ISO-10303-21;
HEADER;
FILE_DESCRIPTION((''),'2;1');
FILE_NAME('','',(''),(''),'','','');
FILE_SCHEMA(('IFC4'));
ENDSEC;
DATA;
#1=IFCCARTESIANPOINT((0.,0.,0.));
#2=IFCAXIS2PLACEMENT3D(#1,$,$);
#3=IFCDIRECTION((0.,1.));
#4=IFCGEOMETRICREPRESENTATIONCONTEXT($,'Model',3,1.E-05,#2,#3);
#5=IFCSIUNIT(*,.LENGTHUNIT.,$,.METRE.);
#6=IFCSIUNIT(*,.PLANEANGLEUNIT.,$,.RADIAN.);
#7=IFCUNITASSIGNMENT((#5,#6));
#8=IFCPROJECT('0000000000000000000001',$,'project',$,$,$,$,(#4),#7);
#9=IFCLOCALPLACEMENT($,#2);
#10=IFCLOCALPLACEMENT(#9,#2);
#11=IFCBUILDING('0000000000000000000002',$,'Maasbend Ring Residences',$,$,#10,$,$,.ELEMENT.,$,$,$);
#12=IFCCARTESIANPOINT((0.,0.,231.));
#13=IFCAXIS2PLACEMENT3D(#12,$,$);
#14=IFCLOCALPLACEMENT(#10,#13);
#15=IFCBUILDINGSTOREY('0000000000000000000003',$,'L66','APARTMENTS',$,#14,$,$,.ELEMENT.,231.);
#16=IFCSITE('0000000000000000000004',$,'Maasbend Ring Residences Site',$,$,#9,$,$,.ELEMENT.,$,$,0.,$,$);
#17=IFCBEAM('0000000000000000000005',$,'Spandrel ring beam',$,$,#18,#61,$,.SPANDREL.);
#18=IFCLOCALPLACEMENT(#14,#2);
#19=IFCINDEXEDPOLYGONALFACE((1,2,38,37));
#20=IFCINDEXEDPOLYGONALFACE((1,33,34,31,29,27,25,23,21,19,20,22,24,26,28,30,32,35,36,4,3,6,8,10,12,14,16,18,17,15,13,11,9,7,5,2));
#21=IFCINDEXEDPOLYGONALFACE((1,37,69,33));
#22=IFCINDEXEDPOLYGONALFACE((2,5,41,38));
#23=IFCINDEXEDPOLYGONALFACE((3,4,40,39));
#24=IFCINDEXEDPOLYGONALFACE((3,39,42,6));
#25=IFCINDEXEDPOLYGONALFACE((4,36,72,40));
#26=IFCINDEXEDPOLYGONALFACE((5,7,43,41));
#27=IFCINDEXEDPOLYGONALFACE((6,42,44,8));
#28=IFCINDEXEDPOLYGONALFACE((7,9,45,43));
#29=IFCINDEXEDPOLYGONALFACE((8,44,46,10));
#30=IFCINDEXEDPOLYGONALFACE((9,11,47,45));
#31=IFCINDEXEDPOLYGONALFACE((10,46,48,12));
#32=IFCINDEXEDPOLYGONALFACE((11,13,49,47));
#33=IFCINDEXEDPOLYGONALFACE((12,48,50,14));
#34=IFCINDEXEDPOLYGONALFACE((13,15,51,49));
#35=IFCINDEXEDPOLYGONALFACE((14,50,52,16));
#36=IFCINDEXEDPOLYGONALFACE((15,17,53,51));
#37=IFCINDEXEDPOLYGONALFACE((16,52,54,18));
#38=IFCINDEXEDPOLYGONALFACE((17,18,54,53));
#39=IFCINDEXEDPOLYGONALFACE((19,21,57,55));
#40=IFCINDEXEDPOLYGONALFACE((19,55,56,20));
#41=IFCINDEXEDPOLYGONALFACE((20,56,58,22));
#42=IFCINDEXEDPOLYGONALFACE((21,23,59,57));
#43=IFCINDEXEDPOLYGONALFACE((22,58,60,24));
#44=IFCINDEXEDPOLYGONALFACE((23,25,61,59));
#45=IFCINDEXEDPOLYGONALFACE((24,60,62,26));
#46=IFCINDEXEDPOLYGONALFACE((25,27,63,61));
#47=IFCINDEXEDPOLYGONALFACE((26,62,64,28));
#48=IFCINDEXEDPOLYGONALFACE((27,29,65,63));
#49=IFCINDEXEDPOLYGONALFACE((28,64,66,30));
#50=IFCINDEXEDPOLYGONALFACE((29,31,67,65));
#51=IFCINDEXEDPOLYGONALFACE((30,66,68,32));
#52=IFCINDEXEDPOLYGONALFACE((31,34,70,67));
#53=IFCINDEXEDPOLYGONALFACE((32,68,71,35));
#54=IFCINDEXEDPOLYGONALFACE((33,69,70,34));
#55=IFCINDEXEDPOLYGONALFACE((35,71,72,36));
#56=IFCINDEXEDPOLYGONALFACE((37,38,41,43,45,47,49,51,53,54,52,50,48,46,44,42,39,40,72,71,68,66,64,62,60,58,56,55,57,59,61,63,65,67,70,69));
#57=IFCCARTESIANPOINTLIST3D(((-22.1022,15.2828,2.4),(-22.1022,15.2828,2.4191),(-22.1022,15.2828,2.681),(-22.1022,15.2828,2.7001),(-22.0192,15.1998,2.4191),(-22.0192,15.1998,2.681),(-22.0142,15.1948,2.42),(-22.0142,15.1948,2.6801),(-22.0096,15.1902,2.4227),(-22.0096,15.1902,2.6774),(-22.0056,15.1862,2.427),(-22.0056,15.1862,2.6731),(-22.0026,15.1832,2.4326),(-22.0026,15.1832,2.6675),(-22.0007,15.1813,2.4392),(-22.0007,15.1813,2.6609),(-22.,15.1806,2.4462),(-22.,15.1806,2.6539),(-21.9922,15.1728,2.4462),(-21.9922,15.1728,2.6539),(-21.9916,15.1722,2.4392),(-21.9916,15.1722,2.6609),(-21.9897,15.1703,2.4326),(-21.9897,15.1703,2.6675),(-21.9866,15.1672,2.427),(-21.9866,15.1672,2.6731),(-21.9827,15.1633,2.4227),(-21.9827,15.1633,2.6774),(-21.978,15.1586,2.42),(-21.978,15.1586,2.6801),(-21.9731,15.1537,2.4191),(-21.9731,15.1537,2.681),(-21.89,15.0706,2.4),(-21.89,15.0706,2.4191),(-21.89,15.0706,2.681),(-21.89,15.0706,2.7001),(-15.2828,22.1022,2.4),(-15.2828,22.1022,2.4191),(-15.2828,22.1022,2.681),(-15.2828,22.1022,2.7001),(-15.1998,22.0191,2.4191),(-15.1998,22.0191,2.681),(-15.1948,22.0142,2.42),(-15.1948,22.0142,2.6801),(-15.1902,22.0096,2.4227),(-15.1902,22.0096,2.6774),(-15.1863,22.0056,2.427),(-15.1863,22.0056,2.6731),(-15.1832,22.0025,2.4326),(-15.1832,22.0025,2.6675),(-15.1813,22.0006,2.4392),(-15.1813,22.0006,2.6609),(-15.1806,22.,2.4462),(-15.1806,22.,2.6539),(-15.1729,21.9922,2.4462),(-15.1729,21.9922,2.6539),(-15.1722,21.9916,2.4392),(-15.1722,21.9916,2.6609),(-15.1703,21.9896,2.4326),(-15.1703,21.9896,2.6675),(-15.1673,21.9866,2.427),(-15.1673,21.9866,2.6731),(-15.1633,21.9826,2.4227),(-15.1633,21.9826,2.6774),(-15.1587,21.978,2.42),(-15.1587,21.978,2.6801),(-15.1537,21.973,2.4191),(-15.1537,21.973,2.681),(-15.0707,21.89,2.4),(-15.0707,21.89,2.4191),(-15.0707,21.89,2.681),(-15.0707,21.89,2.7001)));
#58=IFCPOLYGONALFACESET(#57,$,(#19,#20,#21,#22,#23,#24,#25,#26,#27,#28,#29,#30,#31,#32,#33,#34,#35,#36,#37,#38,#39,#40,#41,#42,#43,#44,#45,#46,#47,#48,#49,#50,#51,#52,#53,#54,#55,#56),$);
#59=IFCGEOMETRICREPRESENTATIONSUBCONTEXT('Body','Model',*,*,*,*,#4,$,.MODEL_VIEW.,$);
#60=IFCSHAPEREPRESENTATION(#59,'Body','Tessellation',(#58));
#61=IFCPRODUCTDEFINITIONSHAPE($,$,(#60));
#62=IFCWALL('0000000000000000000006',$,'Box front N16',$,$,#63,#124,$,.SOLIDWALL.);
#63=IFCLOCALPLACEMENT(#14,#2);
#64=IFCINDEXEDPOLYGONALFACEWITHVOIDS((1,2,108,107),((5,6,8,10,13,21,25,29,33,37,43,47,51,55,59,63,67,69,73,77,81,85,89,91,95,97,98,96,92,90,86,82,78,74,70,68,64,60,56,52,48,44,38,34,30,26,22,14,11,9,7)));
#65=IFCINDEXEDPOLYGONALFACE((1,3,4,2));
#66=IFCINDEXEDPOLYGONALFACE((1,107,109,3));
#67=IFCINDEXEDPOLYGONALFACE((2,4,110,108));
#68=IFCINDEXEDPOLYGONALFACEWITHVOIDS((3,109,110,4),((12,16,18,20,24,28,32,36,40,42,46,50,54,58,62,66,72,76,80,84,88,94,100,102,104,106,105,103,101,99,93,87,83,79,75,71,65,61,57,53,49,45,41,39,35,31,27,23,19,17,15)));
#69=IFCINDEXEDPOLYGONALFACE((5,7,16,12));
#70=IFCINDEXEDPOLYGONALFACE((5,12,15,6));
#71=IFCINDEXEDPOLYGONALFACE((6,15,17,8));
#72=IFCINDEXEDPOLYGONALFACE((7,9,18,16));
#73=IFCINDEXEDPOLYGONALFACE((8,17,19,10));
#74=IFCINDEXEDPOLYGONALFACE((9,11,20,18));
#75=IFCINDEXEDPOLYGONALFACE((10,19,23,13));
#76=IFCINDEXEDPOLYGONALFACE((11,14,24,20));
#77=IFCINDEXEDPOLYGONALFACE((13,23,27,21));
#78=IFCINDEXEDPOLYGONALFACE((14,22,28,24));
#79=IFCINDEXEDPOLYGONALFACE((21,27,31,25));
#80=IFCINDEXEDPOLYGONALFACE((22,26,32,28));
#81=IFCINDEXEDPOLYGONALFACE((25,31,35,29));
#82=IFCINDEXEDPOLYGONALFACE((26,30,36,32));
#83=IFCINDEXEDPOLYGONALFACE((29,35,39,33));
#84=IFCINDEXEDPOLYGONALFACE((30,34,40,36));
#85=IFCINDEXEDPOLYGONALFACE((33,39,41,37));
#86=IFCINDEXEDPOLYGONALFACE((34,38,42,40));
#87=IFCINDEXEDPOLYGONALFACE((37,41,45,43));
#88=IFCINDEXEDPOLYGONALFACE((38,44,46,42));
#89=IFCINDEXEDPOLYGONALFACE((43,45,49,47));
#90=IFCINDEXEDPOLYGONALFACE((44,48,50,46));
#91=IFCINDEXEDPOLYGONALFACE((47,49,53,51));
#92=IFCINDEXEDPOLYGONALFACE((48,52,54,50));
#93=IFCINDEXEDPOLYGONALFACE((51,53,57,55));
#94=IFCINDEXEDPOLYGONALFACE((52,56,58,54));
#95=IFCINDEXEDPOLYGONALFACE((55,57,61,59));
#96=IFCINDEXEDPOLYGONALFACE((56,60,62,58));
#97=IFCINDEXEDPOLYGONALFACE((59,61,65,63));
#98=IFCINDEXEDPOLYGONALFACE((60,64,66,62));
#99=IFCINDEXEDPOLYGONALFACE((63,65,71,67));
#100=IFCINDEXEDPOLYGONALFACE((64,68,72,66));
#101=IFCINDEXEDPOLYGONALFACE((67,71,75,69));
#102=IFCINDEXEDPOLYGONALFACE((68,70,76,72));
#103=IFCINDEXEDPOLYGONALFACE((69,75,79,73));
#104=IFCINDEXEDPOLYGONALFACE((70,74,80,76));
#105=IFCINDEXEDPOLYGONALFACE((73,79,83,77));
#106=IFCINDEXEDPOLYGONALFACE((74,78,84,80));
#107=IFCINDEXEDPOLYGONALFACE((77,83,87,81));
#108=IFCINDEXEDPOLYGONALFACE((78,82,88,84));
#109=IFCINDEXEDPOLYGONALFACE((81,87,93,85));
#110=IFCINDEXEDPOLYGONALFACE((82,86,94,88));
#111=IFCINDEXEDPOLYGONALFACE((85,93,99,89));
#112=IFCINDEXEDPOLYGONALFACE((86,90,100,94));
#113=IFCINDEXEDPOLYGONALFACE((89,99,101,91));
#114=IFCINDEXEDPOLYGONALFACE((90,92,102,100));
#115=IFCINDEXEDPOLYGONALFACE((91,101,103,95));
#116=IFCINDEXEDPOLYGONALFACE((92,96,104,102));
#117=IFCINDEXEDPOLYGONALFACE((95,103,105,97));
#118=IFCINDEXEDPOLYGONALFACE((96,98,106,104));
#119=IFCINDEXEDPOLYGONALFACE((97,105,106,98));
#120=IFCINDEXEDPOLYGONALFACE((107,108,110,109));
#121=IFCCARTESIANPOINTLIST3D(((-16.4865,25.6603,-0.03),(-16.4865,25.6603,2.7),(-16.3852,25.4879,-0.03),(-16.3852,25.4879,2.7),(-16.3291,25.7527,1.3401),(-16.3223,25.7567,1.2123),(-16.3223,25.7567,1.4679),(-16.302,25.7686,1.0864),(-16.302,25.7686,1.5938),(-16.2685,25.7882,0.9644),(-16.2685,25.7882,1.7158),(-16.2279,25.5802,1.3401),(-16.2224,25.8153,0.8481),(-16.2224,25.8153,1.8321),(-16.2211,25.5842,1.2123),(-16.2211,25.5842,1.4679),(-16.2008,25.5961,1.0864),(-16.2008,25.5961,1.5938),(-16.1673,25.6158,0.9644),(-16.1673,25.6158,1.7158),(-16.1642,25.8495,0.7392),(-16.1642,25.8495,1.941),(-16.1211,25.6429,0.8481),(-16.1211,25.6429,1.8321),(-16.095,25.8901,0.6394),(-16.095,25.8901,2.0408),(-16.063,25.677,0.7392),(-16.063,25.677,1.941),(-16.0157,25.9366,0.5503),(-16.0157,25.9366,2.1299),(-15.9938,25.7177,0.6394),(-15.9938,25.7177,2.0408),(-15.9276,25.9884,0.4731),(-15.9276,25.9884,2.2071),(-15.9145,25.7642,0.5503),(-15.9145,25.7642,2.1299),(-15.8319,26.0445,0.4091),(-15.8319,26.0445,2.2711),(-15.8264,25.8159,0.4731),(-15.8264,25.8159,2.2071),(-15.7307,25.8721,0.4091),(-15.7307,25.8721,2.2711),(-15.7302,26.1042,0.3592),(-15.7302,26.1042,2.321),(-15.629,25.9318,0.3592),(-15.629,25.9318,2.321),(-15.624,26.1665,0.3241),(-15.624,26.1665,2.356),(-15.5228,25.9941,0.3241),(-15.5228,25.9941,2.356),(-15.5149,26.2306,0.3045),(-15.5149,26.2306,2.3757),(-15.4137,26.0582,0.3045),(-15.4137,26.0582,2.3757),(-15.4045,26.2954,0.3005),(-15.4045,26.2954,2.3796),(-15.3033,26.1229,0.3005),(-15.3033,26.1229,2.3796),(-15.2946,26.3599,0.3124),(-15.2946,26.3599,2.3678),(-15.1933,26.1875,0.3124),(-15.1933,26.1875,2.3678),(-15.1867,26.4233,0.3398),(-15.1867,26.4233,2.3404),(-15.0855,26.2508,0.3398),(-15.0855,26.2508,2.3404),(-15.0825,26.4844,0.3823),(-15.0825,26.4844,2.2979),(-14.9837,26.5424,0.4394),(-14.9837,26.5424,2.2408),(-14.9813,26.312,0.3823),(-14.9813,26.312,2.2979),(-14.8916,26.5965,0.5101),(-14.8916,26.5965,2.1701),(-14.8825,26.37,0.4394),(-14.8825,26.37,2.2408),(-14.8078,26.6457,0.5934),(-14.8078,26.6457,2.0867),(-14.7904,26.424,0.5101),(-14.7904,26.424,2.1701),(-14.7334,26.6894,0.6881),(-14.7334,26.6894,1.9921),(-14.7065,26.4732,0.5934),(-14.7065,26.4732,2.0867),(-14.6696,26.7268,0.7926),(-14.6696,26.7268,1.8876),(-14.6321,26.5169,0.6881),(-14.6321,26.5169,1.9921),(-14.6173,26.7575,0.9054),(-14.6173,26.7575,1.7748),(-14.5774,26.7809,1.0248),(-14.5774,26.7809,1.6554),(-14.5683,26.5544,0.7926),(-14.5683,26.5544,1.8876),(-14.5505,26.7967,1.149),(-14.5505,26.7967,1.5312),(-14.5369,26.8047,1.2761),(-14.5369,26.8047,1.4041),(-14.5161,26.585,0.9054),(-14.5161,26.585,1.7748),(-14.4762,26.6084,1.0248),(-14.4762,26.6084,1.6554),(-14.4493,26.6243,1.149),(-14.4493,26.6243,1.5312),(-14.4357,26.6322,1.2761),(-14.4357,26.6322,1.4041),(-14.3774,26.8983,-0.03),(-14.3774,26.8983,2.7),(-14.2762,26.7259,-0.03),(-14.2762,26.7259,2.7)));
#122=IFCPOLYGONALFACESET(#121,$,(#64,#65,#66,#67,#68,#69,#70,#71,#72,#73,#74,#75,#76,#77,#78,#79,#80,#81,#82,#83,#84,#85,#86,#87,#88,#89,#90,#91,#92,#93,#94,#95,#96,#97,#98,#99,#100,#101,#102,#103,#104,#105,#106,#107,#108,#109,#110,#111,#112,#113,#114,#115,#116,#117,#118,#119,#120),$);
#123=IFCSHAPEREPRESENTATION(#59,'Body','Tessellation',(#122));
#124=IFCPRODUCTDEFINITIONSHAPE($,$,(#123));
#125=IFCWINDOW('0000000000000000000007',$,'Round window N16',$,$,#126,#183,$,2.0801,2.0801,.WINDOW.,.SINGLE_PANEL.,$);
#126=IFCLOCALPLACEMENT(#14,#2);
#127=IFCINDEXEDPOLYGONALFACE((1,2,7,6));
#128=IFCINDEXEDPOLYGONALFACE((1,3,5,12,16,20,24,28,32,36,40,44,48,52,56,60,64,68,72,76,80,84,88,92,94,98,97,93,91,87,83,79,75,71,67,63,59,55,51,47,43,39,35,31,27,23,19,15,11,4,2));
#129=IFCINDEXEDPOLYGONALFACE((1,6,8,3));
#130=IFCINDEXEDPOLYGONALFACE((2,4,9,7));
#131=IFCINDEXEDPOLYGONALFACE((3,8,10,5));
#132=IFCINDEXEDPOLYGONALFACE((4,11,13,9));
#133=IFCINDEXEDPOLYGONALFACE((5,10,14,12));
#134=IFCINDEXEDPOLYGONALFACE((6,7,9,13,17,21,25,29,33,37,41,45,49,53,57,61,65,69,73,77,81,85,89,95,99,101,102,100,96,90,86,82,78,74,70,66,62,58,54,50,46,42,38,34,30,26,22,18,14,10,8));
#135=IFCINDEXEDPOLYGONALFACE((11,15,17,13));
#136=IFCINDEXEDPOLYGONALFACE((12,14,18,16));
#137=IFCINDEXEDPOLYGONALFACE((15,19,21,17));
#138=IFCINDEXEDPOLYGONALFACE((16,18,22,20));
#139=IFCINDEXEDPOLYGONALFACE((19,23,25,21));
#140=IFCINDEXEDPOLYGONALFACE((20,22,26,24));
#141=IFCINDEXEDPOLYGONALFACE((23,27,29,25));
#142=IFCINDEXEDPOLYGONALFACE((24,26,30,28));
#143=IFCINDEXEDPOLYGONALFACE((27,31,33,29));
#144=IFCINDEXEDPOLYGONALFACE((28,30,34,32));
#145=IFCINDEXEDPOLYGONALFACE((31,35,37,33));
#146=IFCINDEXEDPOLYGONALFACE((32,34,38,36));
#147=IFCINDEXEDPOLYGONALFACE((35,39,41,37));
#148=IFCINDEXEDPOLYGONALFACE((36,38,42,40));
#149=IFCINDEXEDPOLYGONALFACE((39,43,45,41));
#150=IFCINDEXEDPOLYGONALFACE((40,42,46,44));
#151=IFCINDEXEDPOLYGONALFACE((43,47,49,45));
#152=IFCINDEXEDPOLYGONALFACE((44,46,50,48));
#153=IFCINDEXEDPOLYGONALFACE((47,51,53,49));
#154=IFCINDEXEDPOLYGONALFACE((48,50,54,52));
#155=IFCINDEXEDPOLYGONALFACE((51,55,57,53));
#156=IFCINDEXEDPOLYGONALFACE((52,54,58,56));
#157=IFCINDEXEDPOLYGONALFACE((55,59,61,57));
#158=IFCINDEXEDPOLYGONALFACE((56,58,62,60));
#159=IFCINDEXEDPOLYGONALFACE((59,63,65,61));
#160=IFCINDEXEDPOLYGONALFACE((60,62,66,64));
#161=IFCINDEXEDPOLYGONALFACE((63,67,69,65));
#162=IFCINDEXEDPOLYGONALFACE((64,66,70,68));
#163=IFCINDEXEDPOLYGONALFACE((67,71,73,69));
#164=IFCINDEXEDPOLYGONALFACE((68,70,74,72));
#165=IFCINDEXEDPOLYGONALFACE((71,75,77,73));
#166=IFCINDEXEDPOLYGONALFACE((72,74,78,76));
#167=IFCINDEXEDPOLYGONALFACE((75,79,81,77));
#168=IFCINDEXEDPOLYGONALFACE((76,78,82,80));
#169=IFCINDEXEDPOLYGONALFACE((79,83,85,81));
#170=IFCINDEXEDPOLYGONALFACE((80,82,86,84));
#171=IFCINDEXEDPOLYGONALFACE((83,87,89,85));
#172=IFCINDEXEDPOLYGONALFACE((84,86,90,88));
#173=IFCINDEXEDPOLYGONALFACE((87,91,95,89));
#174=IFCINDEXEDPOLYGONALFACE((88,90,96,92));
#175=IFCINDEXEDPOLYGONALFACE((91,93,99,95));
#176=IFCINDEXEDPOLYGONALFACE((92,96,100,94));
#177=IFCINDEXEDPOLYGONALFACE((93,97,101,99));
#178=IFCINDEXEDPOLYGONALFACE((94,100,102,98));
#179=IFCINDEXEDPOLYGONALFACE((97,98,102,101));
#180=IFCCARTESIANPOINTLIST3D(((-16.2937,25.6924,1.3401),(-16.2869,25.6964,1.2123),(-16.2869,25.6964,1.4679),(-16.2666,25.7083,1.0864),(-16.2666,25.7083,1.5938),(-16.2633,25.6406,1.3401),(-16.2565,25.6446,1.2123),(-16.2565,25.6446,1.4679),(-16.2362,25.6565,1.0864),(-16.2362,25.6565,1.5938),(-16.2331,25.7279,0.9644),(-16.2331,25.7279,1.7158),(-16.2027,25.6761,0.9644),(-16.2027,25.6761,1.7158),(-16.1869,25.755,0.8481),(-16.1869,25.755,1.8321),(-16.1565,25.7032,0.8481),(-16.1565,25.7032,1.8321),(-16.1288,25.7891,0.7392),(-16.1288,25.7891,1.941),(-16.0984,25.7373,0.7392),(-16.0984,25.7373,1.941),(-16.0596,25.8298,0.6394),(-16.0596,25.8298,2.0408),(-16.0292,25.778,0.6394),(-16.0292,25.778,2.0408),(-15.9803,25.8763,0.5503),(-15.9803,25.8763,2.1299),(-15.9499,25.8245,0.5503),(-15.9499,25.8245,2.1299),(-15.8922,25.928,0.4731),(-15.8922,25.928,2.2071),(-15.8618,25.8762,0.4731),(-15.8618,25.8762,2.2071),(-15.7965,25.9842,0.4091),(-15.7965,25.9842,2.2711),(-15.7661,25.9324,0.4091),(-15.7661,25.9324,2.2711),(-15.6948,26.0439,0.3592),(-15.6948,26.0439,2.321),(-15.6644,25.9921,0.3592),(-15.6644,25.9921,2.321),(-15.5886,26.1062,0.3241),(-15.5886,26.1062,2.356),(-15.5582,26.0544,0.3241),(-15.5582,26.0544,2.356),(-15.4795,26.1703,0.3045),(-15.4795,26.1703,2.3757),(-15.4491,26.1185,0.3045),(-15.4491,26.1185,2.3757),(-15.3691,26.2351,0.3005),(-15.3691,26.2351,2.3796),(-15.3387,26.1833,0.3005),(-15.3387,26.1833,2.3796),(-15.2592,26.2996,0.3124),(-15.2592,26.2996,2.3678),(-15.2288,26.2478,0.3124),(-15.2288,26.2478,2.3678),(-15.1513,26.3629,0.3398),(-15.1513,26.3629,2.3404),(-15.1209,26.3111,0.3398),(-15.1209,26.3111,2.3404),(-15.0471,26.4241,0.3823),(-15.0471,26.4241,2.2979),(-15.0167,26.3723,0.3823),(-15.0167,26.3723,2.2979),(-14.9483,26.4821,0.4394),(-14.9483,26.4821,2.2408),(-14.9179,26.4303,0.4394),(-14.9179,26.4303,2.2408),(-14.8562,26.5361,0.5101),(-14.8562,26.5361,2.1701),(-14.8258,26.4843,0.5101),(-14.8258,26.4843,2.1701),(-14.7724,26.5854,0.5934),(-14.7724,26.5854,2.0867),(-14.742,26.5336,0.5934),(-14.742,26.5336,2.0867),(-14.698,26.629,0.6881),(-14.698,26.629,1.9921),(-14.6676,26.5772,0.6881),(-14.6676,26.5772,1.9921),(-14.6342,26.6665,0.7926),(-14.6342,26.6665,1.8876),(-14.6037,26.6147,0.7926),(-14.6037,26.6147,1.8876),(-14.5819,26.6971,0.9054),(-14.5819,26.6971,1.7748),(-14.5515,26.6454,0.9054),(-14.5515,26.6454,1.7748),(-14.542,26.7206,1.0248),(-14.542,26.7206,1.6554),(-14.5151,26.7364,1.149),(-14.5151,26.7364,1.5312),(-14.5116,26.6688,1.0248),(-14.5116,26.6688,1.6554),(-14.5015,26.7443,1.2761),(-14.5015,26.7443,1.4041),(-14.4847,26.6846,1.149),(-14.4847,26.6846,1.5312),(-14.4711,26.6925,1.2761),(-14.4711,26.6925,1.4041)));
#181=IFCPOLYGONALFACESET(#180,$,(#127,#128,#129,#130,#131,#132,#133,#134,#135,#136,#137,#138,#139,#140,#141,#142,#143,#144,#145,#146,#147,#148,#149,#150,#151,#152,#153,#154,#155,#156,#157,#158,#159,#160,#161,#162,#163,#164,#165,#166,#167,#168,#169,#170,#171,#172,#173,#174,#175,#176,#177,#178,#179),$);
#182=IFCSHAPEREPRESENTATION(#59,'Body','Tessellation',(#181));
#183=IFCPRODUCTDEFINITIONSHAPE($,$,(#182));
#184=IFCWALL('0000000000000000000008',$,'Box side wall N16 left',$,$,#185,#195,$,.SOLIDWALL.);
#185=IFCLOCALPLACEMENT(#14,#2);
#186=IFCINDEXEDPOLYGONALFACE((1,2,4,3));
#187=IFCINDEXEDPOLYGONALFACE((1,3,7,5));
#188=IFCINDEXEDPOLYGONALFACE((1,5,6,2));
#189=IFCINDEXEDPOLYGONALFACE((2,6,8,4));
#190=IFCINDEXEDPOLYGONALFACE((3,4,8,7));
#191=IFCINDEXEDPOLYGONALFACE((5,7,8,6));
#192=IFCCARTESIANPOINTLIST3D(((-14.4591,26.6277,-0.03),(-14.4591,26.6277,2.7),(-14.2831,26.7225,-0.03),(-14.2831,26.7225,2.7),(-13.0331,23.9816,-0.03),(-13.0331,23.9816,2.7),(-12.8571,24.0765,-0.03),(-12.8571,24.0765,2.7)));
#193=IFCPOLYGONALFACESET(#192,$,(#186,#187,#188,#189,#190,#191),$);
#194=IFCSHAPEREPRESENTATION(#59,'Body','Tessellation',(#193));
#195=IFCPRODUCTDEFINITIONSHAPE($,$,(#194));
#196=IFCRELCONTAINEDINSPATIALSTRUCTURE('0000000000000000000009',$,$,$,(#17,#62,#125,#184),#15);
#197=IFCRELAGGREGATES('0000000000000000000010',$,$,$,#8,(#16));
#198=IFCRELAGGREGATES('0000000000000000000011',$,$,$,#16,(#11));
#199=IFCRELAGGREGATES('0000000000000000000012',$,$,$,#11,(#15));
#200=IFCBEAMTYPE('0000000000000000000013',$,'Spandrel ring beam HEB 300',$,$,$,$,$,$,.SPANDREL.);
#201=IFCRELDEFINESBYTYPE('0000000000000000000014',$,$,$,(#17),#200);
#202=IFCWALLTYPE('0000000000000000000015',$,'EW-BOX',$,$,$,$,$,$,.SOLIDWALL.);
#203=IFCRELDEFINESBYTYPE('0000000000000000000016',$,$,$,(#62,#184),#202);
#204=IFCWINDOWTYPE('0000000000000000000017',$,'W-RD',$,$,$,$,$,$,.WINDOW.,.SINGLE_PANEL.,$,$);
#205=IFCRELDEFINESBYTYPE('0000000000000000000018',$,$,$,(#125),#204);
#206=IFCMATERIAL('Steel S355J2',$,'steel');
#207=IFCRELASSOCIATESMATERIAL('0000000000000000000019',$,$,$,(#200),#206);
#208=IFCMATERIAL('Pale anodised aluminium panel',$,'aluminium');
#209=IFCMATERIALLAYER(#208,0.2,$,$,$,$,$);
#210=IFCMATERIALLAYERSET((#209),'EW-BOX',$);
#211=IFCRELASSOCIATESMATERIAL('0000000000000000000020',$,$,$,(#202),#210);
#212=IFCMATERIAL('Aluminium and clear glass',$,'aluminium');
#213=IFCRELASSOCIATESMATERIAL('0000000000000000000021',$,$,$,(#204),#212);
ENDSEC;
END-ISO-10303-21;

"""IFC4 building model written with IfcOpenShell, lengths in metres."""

from ifc_helpers import new_model, si_unit, direction, frame, frame_2d, origin, origin_2d, place, context, subcontext, project, spatial, rectangle, circle, i_section, extrude, material, layer, layer_set, material_profile, profile_set, type_object, element, fill, save


model = new_model("IFC4")

# Units and contexts
model_context = context("Model", 3, precision=1e-05, world=origin(), true_north=direction((0.0, 1.0)))
body_context = subcontext(model_context, "Body", "Model", "MODEL_VIEW")
ifc_project = project(units=[si_unit("LENGTHUNIT", "METRE"), si_unit("PLANEANGLEUNIT", "RADIAN")], contexts=[model_context])

# Site, building, storey
site_placement = place(None, origin())
site = spatial("IfcSite", under=ifc_project, at=site_placement, Name="Maasbend Ring Residences Site", CompositionType="ELEMENT", RefElevation=0.0)
building_placement = place(site_placement, origin())
building = spatial("IfcBuilding", under=site, at=building_placement, Name="Maasbend Ring Residences", CompositionType="ELEMENT")
storey_placement = place(building_placement, frame((0.0, 0.0, 231.0)))
storey = spatial("IfcBuildingStorey", under=building, at=storey_placement, Name="L66", Description="APARTMENTS", CompositionType="ELEMENT", Elevation=231.0)

# Beam
ifc_material_1 = material(Name="Steel S355J2", Category="steel")
ifc_material_profile_1 = material_profile(ifc_material_1, i_section(OverallWidth=0.3, OverallDepth=0.3, WebThickness=0.011, FlangeThickness=0.019, FilletRadius=0.0271, at=origin_2d()), Name="HEB 300")
ifc_profile_set_1 = profile_set([ifc_material_profile_1], Name="Steel S355J2")
beam_type = type_object("IfcBeamType", Name="Spandrel ring beam HEB 300", PredefinedType="SPANDREL", material=ifc_profile_set_1)
beam_placement = place(storey_placement, frame((-15.1768, 21.9961, 2.55), z_axis=(-0.707107, -0.707107, 0.0), x_axis=(0.707107, -0.707107, 0.0)))
element("IfcBeam", 1, at=beam_placement, inside=storey, type_object=beam_type, Name="Spandrel ring beam", PredefinedType="SPANDREL", context=body_context, shape_type="SweptSolid", body=[
    extrude(i_section(OverallWidth=0.3, OverallDepth=0.3, WebThickness=0.011, FlangeThickness=0.019, FilletRadius=0.0271, at=origin_2d()), origin(), (0.0, 0.0, 1.0), 9.644),
])

# Wall, opening, window
ifc_material_2 = material(Name="Pale anodised aluminium panel", Category="aluminium")
ifc_layer_1 = layer(ifc_material_2, 0.2)
ifc_layer_set_1 = layer_set([ifc_layer_1], Name="EW-BOX")
wall_type_1 = type_object("IfcWallType", Name="EW-BOX", PredefinedType="SOLIDWALL", material=ifc_layer_set_1)
wall_1_placement = place(storey_placement, frame((-14.3269, 26.812, -0.03), z_axis=(0.0, 0.0, 1.0), x_axis=(-0.862403, -0.506222, 0.0)))
wall_1 = element("IfcWall", 2, at=wall_1_placement, inside=storey, type_object=wall_type_1, Name="Box front N16", PredefinedType="SOLIDWALL", context=body_context, shape_type="SweptSolid", body=[
    extrude(rectangle(XDim=2.4456, YDim=0.2, at=frame_2d((1.2227, 0.0))), origin(), (0.0, 0.0, 1.0), 2.73),
])
opening_1_placement = place(wall_1_placement, frame((0.1829, 0.0, 0.3301)))
opening_1 = element("IfcOpeningElement", 3, at=opening_1_placement, cuts=wall_1, PredefinedType="OPENING", context=body_context, shape_type="SweptSolid", body=[
    extrude(circle(Radius=1.04, at=frame_2d((1.04, 1.04))), frame((0.0, 0.1099, 0.0), z_axis=(0.0, -1.0, 0.0), x_axis=(1.0, 0.0, 0.0)), (0.0, 0.0, 1.0), 0.22),
])
ifc_material_3 = material(Name="Aluminium and clear glass", Category="aluminium")
window_type_1 = type_object("IfcWindowType", Name="W-RD", PartitioningType="SINGLE_PANEL", PredefinedType="WINDOW", material=ifc_material_3)
window_1_placement = place(opening_1_placement, origin())
window_1 = element("IfcWindow", 4, at=window_1_placement, inside=storey, type_object=window_type_1, Name="Round window N16", OverallHeight=2.0801, OverallWidth=2.0801, PartitioningType="SINGLE_PANEL", PredefinedType="WINDOW", context=body_context, shape_type="SweptSolid", body=[
    extrude(circle(Radius=1.04, at=frame_2d((1.04, 1.04))), frame((0.0, 0.03, 0.0), z_axis=(0.0, -1.0, 0.0), x_axis=(1.0, 0.0, 0.0)), (0.0, 0.0, 1.0), 0.0601),
])
fill(opening_1, window_1)

# Wall
wall_2_placement = place(storey_placement, frame((-12.9451, 24.0291, -0.03), z_axis=(0.0, 0.0, 1.0), x_axis=(-0.474424, 0.880296, 0.0)))
element("IfcWall", 5, at=wall_2_placement, inside=storey, type_object=wall_type_1, Name="Box side wall N16 left", PredefinedType="SOLIDWALL", context=body_context, shape_type="SweptSolid", body=[
    extrude(rectangle(XDim=3.0059, YDim=0.2, at=frame_2d((1.5029, 0.0))), origin(), (0.0, 0.0, 1.0), 2.73),
])

save(model, "model.ifc")
